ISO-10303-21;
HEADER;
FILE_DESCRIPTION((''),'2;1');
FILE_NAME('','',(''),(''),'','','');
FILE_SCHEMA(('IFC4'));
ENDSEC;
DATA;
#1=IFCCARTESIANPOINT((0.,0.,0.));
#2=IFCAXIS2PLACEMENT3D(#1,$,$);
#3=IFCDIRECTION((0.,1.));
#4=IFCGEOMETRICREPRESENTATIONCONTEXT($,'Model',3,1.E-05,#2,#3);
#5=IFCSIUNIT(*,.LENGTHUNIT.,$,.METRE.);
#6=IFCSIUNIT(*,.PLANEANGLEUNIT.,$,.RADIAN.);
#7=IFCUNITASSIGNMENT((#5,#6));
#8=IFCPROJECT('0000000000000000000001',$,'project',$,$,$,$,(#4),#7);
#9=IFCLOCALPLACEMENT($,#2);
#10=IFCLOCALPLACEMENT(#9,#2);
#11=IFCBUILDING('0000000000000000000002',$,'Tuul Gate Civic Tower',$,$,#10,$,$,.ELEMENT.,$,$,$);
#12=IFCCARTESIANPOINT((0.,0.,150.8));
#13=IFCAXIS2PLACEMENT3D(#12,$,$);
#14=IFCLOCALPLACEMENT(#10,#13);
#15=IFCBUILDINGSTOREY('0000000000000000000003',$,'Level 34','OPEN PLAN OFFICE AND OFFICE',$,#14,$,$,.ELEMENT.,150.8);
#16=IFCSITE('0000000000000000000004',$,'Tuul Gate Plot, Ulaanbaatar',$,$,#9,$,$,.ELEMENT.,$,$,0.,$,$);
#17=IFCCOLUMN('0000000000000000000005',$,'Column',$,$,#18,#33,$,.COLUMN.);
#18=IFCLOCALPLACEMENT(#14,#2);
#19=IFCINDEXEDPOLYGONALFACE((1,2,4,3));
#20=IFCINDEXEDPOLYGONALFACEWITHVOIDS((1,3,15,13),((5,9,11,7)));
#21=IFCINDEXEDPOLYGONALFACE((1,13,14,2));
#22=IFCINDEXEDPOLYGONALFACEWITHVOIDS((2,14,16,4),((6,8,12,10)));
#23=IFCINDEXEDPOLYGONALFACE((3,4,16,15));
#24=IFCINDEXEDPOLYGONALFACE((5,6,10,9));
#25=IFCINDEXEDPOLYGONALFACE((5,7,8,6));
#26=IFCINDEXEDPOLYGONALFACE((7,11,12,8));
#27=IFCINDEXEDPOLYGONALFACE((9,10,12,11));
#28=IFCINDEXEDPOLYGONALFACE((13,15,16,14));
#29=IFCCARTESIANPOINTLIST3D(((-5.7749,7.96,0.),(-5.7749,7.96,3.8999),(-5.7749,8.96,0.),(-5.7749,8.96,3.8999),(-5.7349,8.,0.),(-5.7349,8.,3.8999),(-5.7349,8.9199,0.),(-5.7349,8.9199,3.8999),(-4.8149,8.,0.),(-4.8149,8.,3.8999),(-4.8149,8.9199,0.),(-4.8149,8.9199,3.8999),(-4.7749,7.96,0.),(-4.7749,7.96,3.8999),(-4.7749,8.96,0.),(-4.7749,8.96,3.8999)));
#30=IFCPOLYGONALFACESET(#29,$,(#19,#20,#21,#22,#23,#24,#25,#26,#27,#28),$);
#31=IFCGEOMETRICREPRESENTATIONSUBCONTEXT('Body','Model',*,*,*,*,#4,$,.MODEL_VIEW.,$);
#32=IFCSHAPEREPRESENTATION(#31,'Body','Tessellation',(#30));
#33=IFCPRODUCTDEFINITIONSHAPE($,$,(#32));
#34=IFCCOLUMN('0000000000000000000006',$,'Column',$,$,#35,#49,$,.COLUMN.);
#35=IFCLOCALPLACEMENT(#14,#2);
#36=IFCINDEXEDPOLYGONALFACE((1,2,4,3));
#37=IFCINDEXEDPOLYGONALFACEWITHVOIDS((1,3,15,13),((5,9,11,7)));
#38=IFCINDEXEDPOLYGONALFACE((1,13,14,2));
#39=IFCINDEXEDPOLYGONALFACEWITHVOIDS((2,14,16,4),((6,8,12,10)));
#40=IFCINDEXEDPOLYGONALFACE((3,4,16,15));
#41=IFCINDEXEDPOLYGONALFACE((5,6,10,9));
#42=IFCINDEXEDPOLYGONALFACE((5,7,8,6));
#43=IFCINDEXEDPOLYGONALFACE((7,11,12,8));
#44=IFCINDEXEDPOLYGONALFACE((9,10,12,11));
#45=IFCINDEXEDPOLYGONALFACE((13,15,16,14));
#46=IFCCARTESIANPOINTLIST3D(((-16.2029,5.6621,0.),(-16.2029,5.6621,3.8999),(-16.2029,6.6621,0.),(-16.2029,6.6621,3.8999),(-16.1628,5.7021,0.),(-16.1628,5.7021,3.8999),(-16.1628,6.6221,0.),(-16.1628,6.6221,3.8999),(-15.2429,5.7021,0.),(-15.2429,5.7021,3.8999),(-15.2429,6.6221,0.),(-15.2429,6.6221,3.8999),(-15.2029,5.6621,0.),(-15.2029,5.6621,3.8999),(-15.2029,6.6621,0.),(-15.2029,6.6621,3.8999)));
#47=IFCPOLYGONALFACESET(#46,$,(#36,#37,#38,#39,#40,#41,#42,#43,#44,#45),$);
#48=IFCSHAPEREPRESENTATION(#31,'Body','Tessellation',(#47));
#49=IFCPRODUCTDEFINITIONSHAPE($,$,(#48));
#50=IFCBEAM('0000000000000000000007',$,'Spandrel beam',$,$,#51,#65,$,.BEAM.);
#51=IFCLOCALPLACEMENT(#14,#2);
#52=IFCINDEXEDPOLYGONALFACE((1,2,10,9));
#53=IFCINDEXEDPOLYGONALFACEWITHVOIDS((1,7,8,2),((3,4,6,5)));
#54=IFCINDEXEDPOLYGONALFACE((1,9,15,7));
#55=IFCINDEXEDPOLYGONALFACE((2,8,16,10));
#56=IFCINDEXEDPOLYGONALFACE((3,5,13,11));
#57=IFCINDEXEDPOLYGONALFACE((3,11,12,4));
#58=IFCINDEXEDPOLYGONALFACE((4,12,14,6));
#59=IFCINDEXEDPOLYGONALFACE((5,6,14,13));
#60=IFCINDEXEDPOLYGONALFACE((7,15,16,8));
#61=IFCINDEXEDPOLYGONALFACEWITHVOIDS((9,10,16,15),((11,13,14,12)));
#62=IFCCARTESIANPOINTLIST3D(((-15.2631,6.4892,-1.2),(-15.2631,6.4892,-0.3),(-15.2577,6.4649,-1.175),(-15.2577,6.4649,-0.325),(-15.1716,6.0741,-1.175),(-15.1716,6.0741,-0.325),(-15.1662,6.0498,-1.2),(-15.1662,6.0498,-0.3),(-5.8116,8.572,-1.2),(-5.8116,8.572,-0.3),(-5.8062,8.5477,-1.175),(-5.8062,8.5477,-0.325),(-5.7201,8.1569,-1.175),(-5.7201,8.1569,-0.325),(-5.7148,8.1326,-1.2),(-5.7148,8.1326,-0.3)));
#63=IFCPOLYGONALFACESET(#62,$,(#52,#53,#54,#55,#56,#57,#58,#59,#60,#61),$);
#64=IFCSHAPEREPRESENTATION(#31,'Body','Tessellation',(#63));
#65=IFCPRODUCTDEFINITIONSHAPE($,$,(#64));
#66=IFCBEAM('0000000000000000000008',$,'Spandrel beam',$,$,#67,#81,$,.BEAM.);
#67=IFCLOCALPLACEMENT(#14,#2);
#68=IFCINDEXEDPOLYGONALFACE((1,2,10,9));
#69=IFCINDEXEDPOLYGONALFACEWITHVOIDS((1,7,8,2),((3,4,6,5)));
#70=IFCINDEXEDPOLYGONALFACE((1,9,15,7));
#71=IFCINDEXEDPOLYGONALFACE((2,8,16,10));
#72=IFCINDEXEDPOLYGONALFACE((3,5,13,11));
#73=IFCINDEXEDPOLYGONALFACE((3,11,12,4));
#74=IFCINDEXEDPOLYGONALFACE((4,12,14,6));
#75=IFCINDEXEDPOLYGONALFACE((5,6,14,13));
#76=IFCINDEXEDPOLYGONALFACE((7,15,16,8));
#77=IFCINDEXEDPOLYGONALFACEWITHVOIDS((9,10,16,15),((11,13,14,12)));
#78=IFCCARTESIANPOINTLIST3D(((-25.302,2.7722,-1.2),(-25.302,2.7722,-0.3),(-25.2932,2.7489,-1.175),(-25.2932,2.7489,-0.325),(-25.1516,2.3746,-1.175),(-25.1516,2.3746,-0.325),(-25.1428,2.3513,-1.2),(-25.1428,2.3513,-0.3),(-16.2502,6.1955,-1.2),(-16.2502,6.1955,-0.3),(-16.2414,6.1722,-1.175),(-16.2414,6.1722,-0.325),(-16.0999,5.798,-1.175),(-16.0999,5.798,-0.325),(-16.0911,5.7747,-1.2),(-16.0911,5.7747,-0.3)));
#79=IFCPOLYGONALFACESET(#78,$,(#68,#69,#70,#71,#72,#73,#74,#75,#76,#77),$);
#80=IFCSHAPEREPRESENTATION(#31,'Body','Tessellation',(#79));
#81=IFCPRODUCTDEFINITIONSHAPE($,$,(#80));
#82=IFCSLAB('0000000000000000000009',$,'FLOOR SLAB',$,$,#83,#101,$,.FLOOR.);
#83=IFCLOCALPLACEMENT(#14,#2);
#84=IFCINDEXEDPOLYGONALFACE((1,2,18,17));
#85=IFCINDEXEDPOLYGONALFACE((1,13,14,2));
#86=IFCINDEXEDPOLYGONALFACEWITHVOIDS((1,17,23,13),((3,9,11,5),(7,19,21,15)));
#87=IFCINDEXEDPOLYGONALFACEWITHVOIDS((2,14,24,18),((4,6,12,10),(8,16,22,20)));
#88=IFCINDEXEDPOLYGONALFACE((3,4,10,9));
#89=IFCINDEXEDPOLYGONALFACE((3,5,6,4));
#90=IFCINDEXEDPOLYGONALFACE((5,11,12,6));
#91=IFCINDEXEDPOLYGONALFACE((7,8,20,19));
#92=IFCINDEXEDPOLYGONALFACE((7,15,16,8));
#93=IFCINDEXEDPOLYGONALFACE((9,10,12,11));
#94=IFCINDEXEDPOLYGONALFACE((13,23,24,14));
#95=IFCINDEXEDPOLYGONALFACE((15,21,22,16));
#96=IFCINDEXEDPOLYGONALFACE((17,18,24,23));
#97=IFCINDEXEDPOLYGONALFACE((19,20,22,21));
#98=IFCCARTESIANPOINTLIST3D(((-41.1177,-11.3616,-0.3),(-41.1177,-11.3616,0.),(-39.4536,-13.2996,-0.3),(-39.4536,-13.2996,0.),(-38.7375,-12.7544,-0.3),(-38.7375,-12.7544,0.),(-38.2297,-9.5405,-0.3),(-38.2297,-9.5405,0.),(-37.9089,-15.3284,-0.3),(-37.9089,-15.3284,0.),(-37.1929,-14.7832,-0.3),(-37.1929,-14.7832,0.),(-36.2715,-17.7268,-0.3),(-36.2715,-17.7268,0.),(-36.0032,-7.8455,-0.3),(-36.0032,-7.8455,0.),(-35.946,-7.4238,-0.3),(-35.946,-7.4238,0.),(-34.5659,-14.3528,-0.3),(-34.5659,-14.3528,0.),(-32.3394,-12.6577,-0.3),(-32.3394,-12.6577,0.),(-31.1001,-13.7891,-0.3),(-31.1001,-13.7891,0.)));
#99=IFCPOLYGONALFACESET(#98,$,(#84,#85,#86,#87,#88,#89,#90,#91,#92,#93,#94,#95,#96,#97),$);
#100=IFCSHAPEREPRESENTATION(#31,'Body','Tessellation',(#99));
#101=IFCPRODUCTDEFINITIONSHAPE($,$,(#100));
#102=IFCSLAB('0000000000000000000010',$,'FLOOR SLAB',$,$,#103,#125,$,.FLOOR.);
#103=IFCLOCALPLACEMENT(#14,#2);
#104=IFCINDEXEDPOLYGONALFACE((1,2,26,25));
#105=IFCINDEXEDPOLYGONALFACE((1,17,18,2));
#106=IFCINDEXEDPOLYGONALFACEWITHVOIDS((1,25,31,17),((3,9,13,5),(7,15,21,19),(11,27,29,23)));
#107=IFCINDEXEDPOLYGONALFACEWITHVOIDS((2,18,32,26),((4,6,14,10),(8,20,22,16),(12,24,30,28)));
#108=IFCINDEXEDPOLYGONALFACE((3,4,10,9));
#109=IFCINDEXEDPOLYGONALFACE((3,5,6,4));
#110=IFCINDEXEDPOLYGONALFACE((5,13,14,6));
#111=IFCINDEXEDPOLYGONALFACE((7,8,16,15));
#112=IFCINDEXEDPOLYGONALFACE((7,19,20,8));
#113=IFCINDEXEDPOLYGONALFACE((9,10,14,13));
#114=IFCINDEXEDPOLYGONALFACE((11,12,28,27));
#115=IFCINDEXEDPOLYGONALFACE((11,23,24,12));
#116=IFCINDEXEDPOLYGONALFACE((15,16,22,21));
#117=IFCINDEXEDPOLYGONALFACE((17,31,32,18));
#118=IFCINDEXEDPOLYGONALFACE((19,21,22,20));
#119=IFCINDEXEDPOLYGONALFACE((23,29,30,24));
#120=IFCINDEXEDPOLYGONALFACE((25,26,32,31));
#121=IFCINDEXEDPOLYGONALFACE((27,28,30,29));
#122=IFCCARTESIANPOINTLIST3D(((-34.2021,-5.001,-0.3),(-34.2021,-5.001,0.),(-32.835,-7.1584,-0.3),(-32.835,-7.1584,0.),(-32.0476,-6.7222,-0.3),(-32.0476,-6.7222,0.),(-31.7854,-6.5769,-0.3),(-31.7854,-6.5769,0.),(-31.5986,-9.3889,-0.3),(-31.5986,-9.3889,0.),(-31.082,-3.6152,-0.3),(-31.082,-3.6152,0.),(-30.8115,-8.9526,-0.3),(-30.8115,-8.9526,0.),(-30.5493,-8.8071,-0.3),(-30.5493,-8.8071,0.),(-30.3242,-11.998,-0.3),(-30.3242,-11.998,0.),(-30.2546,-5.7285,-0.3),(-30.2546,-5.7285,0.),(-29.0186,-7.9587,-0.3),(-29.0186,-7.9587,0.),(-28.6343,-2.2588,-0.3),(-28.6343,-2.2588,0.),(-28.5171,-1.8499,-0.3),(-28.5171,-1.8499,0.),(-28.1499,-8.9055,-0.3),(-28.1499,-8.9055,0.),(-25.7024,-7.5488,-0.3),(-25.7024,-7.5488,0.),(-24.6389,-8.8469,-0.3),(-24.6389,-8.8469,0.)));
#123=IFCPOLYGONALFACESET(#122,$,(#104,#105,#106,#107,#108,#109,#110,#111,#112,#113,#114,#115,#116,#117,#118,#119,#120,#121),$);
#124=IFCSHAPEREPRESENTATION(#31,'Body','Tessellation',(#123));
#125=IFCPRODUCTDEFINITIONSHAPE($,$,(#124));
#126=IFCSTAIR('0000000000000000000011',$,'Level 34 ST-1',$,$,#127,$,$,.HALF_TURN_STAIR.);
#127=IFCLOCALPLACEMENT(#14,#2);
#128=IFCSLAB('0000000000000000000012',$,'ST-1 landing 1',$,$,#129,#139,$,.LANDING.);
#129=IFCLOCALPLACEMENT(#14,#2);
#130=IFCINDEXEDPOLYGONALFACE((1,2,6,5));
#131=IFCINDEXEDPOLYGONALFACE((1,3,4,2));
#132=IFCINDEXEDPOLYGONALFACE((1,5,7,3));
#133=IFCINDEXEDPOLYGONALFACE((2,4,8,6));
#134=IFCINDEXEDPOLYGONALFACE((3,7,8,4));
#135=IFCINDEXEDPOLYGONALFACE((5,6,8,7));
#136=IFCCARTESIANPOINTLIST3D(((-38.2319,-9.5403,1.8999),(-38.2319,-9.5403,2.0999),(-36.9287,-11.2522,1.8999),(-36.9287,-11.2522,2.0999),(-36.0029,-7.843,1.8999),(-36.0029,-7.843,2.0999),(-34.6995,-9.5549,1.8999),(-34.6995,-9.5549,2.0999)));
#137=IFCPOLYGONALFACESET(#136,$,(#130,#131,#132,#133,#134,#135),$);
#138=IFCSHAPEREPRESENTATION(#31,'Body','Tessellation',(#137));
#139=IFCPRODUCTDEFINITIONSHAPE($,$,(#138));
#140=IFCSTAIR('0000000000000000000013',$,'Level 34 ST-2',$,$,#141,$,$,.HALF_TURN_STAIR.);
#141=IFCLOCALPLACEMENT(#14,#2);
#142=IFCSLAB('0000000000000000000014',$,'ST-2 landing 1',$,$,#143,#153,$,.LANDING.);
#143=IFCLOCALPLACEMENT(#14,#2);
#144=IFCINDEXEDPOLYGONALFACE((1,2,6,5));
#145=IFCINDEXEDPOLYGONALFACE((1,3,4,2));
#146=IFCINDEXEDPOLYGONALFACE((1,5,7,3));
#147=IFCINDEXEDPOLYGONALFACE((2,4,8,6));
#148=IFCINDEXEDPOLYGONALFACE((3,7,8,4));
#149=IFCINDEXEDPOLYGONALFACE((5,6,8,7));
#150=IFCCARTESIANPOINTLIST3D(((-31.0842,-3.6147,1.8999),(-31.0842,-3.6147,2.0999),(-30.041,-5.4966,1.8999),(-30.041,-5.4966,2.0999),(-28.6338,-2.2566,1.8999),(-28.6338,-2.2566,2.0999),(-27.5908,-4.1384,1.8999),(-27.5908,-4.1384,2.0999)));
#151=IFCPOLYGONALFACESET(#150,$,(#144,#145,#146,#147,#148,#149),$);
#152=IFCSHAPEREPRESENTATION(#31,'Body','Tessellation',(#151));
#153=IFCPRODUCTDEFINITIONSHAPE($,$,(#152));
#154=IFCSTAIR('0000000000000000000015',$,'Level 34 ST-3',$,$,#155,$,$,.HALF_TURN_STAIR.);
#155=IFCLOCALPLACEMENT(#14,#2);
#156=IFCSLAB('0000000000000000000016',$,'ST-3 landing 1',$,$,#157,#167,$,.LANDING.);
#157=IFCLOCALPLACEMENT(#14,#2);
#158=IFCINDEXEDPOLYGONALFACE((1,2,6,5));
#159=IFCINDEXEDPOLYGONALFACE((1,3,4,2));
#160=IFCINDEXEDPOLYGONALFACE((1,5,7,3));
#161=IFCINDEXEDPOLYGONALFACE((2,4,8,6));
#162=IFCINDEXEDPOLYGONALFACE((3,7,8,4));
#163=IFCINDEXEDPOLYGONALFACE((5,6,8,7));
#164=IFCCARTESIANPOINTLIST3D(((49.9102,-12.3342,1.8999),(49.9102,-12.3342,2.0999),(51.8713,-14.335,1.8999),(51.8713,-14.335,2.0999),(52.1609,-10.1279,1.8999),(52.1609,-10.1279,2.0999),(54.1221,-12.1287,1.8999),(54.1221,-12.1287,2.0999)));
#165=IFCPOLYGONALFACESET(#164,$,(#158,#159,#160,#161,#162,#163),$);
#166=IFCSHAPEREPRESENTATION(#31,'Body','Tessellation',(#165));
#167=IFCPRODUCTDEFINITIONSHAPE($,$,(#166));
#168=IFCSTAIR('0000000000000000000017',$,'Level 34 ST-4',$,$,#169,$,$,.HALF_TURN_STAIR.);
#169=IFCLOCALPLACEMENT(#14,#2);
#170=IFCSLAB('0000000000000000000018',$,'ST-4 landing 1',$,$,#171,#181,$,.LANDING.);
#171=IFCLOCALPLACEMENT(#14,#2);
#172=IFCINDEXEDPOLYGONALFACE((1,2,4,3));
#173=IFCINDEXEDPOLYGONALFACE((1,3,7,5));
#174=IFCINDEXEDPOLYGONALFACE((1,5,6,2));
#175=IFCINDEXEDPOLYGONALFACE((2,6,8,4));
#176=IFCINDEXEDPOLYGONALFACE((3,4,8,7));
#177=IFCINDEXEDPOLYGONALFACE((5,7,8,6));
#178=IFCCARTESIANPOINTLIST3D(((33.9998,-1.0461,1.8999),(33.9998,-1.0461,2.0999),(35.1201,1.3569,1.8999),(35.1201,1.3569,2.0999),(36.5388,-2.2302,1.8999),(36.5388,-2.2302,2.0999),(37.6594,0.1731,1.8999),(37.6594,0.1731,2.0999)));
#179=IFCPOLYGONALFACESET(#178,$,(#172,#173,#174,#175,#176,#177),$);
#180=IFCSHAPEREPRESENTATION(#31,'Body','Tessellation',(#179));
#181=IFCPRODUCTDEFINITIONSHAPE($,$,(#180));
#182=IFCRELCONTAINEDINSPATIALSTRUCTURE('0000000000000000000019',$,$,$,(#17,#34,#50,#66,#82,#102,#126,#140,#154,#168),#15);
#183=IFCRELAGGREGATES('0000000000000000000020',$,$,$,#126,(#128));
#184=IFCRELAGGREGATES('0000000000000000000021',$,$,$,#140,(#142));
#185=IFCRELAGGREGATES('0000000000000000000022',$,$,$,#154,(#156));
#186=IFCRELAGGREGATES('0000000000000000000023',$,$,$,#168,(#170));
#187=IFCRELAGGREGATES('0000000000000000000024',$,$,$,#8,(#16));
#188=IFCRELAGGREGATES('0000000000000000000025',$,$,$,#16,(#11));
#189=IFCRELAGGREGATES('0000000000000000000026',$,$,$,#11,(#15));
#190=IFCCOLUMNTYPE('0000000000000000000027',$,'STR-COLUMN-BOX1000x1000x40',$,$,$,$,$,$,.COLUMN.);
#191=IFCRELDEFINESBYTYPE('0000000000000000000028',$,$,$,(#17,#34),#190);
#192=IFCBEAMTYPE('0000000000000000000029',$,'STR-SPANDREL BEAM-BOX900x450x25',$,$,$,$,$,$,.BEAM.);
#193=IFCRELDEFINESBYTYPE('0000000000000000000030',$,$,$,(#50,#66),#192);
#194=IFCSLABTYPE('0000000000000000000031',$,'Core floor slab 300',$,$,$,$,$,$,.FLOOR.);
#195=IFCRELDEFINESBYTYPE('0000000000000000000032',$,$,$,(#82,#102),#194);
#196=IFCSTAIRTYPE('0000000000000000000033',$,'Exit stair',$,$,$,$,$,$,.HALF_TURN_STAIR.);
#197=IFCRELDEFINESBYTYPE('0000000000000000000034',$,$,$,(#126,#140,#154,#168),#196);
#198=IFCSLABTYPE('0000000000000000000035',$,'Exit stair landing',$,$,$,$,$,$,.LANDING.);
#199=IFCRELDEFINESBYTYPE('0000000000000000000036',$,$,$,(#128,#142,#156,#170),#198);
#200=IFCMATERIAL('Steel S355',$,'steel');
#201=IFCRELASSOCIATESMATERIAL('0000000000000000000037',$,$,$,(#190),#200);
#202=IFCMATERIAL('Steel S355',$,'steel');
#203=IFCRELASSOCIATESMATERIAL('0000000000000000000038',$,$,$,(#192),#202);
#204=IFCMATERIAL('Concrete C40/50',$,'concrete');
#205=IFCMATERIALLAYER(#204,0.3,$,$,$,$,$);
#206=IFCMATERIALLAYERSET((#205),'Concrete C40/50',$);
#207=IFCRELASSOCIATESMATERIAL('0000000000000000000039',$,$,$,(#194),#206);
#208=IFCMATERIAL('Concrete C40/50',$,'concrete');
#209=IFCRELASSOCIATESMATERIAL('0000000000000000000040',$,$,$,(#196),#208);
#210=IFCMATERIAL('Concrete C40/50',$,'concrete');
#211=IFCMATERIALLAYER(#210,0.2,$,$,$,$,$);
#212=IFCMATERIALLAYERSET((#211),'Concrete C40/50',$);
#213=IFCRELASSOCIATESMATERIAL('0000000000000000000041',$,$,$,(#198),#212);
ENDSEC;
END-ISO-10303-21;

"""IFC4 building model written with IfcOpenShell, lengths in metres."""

from ifc_helpers import new_model, si_unit, direction, frame, origin, origin_2d, place, context, subcontext, project, spatial, polyline, hollow_rectangle, outline, extrude, material, layer, layer_set, material_profile, profile_set, type_object, element, aggregate, save


model = new_model("IFC4")

# Units and contexts
model_context = context("Model", 3, precision=1e-05, world=origin(), true_north=direction((0.0, 1.0)))
body_context = subcontext(model_context, "Body", "Model", "MODEL_VIEW")
ifc_project = project(units=[si_unit("LENGTHUNIT", "METRE"), si_unit("PLANEANGLEUNIT", "RADIAN")], contexts=[model_context])

# Site, building, storey
site_placement = place(None, origin())
site = spatial("IfcSite", under=ifc_project, at=site_placement, Name="Tuul Gate Plot, Ulaanbaatar", CompositionType="ELEMENT", RefElevation=0.0)
building_placement = place(site_placement, origin())
building = spatial("IfcBuilding", under=site, at=building_placement, Name="Tuul Gate Civic Tower", CompositionType="ELEMENT")
storey_placement = place(building_placement, frame((0.0, 0.0, 150.8)))
storey = spatial("IfcBuildingStorey", under=building, at=storey_placement, Name="Level 34", Description="OPEN PLAN OFFICE AND OFFICE", CompositionType="ELEMENT", Elevation=150.8)

# Columns
ifc_material_1 = material(Name="Steel S355", Category="steel")
ifc_material_profile_1 = material_profile(ifc_material_1, hollow_rectangle(XDim=1.0, YDim=1.0, WallThickness=0.04, at=origin_2d()), Name="BOX1000x1000x40")
ifc_profile_set_1 = profile_set([ifc_material_profile_1], Name="Steel S355")
column_type = type_object("IfcColumnType", Name="STR-COLUMN-BOX1000x1000x40", PredefinedType="COLUMN", material=ifc_profile_set_1)
for number, where, z_axis, x_axis, name in (
    (1, (-5.2749, 8.46, 0.0), (0.0, 0.0, 1.0), (1.0, 0.0, 0.0), "Column"),
    (2, (-15.7029, 6.1621, 0.0), (0.0, 0.0, 1.0), (1.0, 0.0, 0.0), "Column"),
):
    element("IfcColumn", number, at=place(storey_placement, frame(where, z_axis=z_axis, x_axis=x_axis)), inside=storey, type_object=column_type, Name=name, PredefinedType="COLUMN", context=body_context, shape_type="SweptSolid", body=[
        extrude(hollow_rectangle(XDim=1.0, YDim=1.0, WallThickness=0.04, at=origin_2d()), origin(), (0.0, 0.0, 1.0), 3.8999),
    ])

# Beams
ifc_material_2 = material(Name="Steel S355", Category="steel")
ifc_material_profile_2 = material_profile(ifc_material_2, hollow_rectangle(XDim=0.45, YDim=0.8999, WallThickness=0.0249, at=origin_2d()), Name="BOX900x450x25")
ifc_profile_set_2 = profile_set([ifc_material_profile_2], Name="Steel S355")
beam_type = type_object("IfcBeamType", Name="STR-SPANDREL BEAM-BOX900x450x25", PredefinedType="BEAM", material=ifc_profile_set_2)
beam_1_placement = place(storey_placement, frame((-5.7632, 8.3523, -0.75), z_axis=(-0.97657, -0.215202, 0.0), x_axis=(0.215202, -0.97657, 0.0)))
element("IfcBeam", 3, at=beam_1_placement, inside=storey, type_object=beam_type, Name="Spandrel beam", PredefinedType="BEAM", context=body_context, shape_type="SweptSolid", body=[
    extrude(hollow_rectangle(XDim=0.45, YDim=0.8999, WallThickness=0.0249, at=origin_2d()), origin(), (0.0, 0.0, 1.0), 9.6782),
])
beam_2_placement = place(storey_placement, frame((-16.1707, 5.9851, -0.75), z_axis=(-0.935343, -0.353743, 0.0), x_axis=(0.353743, -0.935343, 0.0)))
element("IfcBeam", 4, at=beam_2_placement, inside=storey, type_object=beam_type, Name="Spandrel beam", PredefinedType="BEAM", context=body_context, shape_type="SweptSolid", body=[
    extrude(hollow_rectangle(XDim=0.45, YDim=0.8999, WallThickness=0.0249, at=origin_2d()), origin(), (0.0, 0.0, 1.0), 9.6775),
])

# Slabs
ifc_material_3 = material(Name="Concrete C40/50", Category="concrete")
ifc_layer_1 = layer(ifc_material_3, 0.3)
ifc_layer_set_1 = layer_set([ifc_layer_1], Name="Concrete C40/50")
slab_type_1 = type_object("IfcSlabType", Name="Core floor slab 300", PredefinedType="FLOOR", material=ifc_layer_set_1)
slab_1_placement = place(storey_placement, frame((0.0, 0.0, -0.3)))
element("IfcSlab", 5, at=slab_1_placement, inside=storey, type_object=slab_type_1, Name="FLOOR SLAB", PredefinedType="FLOOR", context=body_context, shape_type="SweptSolid", body=[
    extrude(outline(polyline([(-31.1001, -13.7891), (-35.946, -7.4238), (-41.1177, -11.3616), (-36.2715, -17.7268), (-31.1001, -13.7891)]), holes=[polyline([(-37.1929, -14.7832), (-38.7375, -12.7544), (-39.4536, -13.2996), (-37.9089, -15.3284), (-37.1929, -14.7832)]), polyline([(-32.3394, -12.6577), (-34.5659, -14.3528), (-38.2297, -9.5405), (-36.0032, -7.8455), (-32.3394, -12.6577)])]), origin(), (0.0, 0.0, 1.0), 0.3),
])
slab_2_placement = place(storey_placement, frame((0.0, 0.0, -0.3)))
element("IfcSlab", 6, at=slab_2_placement, inside=storey, type_object=slab_type_1, Name="FLOOR SLAB", PredefinedType="FLOOR", context=body_context, shape_type="SweptSolid", body=[
    extrude(outline(polyline([(-24.6389, -8.8469), (-28.5171, -1.8499), (-34.2021, -5.001), (-30.3242, -11.998), (-24.6389, -8.8469)]), holes=[polyline([(-29.0186, -7.9587), (-30.2546, -5.7285), (-31.7854, -6.5769), (-30.5493, -8.8071), (-29.0186, -7.9587)]), polyline([(-30.8115, -8.9526), (-32.0476, -6.7222), (-32.835, -7.1584), (-31.5986, -9.3889), (-30.8115, -8.9526)]), polyline([(-25.7024, -7.5488), (-28.1499, -8.9055), (-31.082, -3.6152), (-28.6343, -2.2588), (-25.7024, -7.5488)])]), origin(), (0.0, 0.0, 1.0), 0.3),
])

# Stairs, slabs
ifc_material_4 = material(Name="Concrete C40/50", Category="concrete")
stair_type = type_object("IfcStairType", Name="Exit stair", PredefinedType="HALF_TURN_STAIR", material=ifc_material_4)
stair_1_placement = place(storey_placement, origin())
stair_1 = element("IfcStair", 7, at=stair_1_placement, inside=storey, type_object=stair_type, Name="Level 34 ST-1", PredefinedType="HALF_TURN_STAIR")
ifc_material_5 = material(Name="Concrete C40/50", Category="concrete")
ifc_layer_2 = layer(ifc_material_5, 0.2)
ifc_layer_set_2 = layer_set([ifc_layer_2], Name="Concrete C40/50")
slab_type_2 = type_object("IfcSlabType", Name="Exit stair landing", PredefinedType="LANDING", material=ifc_layer_set_2)
slab_3_placement = place(storey_placement, frame((0.0, 0.0, 1.8999)))
slab_3 = element("IfcSlab", 8, at=slab_3_placement, type_object=slab_type_2, Name="ST-1 landing 1", PredefinedType="LANDING", context=body_context, shape_type="SweptSolid", body=[
    extrude(outline(polyline([(-34.6995, -9.5549), (-36.9287, -11.2522), (-38.2319, -9.5403), (-36.0029, -7.843), (-34.6995, -9.5549)])), origin(), (0.0, 0.0, 1.0), 0.2),
])
aggregate(stair_1, [slab_3])
stair_2_placement = place(storey_placement, origin())
stair_2 = element("IfcStair", 9, at=stair_2_placement, inside=storey, type_object=stair_type, Name="Level 34 ST-2", PredefinedType="HALF_TURN_STAIR")
slab_4_placement = place(storey_placement, frame((0.0, 0.0, 1.8999)))
slab_4 = element("IfcSlab", 10, at=slab_4_placement, type_object=slab_type_2, Name="ST-2 landing 1", PredefinedType="LANDING", context=body_context, shape_type="SweptSolid", body=[
    extrude(outline(polyline([(-27.5908, -4.1384), (-30.041, -5.4966), (-31.0842, -3.6147), (-28.6338, -2.2566), (-27.5908, -4.1384)])), origin(), (0.0, 0.0, 1.0), 0.2),
])
aggregate(stair_2, [slab_4])
stair_3_placement = place(storey_placement, origin())
stair_3 = element("IfcStair", 11, at=stair_3_placement, inside=storey, type_object=stair_type, Name="Level 34 ST-3", PredefinedType="HALF_TURN_STAIR")
slab_5_placement = place(storey_placement, frame((0.0, 0.0, 1.8999)))
slab_5 = element("IfcSlab", 12, at=slab_5_placement, type_object=slab_type_2, Name="ST-3 landing 1", PredefinedType="LANDING", context=body_context, shape_type="SweptSolid", body=[
    extrude(outline(polyline([(51.8713, -14.335), (49.9102, -12.3342), (52.1609, -10.1279), (54.1221, -12.1287), (51.8713, -14.335)])), origin(), (0.0, 0.0, 1.0), 0.2),
])
aggregate(stair_3, [slab_5])
stair_4_placement = place(storey_placement, origin())
stair_4 = element("IfcStair", 13, at=stair_4_placement, inside=storey, type_object=stair_type, Name="Level 34 ST-4", PredefinedType="HALF_TURN_STAIR")
slab_6_placement = place(storey_placement, frame((0.0, 0.0, 1.8999)))
slab_6 = element("IfcSlab", 14, at=slab_6_placement, type_object=slab_type_2, Name="ST-4 landing 1", PredefinedType="LANDING", context=body_context, shape_type="SweptSolid", body=[
    extrude(outline(polyline([(36.5388, -2.2302), (33.9998, -1.0461), (35.1201, 1.3569), (37.6594, 0.1731), (36.5388, -2.2302)])), origin(), (0.0, 0.0, 1.0), 0.2),
])
aggregate(stair_4, [slab_6])

save(model, "model.ifc")
